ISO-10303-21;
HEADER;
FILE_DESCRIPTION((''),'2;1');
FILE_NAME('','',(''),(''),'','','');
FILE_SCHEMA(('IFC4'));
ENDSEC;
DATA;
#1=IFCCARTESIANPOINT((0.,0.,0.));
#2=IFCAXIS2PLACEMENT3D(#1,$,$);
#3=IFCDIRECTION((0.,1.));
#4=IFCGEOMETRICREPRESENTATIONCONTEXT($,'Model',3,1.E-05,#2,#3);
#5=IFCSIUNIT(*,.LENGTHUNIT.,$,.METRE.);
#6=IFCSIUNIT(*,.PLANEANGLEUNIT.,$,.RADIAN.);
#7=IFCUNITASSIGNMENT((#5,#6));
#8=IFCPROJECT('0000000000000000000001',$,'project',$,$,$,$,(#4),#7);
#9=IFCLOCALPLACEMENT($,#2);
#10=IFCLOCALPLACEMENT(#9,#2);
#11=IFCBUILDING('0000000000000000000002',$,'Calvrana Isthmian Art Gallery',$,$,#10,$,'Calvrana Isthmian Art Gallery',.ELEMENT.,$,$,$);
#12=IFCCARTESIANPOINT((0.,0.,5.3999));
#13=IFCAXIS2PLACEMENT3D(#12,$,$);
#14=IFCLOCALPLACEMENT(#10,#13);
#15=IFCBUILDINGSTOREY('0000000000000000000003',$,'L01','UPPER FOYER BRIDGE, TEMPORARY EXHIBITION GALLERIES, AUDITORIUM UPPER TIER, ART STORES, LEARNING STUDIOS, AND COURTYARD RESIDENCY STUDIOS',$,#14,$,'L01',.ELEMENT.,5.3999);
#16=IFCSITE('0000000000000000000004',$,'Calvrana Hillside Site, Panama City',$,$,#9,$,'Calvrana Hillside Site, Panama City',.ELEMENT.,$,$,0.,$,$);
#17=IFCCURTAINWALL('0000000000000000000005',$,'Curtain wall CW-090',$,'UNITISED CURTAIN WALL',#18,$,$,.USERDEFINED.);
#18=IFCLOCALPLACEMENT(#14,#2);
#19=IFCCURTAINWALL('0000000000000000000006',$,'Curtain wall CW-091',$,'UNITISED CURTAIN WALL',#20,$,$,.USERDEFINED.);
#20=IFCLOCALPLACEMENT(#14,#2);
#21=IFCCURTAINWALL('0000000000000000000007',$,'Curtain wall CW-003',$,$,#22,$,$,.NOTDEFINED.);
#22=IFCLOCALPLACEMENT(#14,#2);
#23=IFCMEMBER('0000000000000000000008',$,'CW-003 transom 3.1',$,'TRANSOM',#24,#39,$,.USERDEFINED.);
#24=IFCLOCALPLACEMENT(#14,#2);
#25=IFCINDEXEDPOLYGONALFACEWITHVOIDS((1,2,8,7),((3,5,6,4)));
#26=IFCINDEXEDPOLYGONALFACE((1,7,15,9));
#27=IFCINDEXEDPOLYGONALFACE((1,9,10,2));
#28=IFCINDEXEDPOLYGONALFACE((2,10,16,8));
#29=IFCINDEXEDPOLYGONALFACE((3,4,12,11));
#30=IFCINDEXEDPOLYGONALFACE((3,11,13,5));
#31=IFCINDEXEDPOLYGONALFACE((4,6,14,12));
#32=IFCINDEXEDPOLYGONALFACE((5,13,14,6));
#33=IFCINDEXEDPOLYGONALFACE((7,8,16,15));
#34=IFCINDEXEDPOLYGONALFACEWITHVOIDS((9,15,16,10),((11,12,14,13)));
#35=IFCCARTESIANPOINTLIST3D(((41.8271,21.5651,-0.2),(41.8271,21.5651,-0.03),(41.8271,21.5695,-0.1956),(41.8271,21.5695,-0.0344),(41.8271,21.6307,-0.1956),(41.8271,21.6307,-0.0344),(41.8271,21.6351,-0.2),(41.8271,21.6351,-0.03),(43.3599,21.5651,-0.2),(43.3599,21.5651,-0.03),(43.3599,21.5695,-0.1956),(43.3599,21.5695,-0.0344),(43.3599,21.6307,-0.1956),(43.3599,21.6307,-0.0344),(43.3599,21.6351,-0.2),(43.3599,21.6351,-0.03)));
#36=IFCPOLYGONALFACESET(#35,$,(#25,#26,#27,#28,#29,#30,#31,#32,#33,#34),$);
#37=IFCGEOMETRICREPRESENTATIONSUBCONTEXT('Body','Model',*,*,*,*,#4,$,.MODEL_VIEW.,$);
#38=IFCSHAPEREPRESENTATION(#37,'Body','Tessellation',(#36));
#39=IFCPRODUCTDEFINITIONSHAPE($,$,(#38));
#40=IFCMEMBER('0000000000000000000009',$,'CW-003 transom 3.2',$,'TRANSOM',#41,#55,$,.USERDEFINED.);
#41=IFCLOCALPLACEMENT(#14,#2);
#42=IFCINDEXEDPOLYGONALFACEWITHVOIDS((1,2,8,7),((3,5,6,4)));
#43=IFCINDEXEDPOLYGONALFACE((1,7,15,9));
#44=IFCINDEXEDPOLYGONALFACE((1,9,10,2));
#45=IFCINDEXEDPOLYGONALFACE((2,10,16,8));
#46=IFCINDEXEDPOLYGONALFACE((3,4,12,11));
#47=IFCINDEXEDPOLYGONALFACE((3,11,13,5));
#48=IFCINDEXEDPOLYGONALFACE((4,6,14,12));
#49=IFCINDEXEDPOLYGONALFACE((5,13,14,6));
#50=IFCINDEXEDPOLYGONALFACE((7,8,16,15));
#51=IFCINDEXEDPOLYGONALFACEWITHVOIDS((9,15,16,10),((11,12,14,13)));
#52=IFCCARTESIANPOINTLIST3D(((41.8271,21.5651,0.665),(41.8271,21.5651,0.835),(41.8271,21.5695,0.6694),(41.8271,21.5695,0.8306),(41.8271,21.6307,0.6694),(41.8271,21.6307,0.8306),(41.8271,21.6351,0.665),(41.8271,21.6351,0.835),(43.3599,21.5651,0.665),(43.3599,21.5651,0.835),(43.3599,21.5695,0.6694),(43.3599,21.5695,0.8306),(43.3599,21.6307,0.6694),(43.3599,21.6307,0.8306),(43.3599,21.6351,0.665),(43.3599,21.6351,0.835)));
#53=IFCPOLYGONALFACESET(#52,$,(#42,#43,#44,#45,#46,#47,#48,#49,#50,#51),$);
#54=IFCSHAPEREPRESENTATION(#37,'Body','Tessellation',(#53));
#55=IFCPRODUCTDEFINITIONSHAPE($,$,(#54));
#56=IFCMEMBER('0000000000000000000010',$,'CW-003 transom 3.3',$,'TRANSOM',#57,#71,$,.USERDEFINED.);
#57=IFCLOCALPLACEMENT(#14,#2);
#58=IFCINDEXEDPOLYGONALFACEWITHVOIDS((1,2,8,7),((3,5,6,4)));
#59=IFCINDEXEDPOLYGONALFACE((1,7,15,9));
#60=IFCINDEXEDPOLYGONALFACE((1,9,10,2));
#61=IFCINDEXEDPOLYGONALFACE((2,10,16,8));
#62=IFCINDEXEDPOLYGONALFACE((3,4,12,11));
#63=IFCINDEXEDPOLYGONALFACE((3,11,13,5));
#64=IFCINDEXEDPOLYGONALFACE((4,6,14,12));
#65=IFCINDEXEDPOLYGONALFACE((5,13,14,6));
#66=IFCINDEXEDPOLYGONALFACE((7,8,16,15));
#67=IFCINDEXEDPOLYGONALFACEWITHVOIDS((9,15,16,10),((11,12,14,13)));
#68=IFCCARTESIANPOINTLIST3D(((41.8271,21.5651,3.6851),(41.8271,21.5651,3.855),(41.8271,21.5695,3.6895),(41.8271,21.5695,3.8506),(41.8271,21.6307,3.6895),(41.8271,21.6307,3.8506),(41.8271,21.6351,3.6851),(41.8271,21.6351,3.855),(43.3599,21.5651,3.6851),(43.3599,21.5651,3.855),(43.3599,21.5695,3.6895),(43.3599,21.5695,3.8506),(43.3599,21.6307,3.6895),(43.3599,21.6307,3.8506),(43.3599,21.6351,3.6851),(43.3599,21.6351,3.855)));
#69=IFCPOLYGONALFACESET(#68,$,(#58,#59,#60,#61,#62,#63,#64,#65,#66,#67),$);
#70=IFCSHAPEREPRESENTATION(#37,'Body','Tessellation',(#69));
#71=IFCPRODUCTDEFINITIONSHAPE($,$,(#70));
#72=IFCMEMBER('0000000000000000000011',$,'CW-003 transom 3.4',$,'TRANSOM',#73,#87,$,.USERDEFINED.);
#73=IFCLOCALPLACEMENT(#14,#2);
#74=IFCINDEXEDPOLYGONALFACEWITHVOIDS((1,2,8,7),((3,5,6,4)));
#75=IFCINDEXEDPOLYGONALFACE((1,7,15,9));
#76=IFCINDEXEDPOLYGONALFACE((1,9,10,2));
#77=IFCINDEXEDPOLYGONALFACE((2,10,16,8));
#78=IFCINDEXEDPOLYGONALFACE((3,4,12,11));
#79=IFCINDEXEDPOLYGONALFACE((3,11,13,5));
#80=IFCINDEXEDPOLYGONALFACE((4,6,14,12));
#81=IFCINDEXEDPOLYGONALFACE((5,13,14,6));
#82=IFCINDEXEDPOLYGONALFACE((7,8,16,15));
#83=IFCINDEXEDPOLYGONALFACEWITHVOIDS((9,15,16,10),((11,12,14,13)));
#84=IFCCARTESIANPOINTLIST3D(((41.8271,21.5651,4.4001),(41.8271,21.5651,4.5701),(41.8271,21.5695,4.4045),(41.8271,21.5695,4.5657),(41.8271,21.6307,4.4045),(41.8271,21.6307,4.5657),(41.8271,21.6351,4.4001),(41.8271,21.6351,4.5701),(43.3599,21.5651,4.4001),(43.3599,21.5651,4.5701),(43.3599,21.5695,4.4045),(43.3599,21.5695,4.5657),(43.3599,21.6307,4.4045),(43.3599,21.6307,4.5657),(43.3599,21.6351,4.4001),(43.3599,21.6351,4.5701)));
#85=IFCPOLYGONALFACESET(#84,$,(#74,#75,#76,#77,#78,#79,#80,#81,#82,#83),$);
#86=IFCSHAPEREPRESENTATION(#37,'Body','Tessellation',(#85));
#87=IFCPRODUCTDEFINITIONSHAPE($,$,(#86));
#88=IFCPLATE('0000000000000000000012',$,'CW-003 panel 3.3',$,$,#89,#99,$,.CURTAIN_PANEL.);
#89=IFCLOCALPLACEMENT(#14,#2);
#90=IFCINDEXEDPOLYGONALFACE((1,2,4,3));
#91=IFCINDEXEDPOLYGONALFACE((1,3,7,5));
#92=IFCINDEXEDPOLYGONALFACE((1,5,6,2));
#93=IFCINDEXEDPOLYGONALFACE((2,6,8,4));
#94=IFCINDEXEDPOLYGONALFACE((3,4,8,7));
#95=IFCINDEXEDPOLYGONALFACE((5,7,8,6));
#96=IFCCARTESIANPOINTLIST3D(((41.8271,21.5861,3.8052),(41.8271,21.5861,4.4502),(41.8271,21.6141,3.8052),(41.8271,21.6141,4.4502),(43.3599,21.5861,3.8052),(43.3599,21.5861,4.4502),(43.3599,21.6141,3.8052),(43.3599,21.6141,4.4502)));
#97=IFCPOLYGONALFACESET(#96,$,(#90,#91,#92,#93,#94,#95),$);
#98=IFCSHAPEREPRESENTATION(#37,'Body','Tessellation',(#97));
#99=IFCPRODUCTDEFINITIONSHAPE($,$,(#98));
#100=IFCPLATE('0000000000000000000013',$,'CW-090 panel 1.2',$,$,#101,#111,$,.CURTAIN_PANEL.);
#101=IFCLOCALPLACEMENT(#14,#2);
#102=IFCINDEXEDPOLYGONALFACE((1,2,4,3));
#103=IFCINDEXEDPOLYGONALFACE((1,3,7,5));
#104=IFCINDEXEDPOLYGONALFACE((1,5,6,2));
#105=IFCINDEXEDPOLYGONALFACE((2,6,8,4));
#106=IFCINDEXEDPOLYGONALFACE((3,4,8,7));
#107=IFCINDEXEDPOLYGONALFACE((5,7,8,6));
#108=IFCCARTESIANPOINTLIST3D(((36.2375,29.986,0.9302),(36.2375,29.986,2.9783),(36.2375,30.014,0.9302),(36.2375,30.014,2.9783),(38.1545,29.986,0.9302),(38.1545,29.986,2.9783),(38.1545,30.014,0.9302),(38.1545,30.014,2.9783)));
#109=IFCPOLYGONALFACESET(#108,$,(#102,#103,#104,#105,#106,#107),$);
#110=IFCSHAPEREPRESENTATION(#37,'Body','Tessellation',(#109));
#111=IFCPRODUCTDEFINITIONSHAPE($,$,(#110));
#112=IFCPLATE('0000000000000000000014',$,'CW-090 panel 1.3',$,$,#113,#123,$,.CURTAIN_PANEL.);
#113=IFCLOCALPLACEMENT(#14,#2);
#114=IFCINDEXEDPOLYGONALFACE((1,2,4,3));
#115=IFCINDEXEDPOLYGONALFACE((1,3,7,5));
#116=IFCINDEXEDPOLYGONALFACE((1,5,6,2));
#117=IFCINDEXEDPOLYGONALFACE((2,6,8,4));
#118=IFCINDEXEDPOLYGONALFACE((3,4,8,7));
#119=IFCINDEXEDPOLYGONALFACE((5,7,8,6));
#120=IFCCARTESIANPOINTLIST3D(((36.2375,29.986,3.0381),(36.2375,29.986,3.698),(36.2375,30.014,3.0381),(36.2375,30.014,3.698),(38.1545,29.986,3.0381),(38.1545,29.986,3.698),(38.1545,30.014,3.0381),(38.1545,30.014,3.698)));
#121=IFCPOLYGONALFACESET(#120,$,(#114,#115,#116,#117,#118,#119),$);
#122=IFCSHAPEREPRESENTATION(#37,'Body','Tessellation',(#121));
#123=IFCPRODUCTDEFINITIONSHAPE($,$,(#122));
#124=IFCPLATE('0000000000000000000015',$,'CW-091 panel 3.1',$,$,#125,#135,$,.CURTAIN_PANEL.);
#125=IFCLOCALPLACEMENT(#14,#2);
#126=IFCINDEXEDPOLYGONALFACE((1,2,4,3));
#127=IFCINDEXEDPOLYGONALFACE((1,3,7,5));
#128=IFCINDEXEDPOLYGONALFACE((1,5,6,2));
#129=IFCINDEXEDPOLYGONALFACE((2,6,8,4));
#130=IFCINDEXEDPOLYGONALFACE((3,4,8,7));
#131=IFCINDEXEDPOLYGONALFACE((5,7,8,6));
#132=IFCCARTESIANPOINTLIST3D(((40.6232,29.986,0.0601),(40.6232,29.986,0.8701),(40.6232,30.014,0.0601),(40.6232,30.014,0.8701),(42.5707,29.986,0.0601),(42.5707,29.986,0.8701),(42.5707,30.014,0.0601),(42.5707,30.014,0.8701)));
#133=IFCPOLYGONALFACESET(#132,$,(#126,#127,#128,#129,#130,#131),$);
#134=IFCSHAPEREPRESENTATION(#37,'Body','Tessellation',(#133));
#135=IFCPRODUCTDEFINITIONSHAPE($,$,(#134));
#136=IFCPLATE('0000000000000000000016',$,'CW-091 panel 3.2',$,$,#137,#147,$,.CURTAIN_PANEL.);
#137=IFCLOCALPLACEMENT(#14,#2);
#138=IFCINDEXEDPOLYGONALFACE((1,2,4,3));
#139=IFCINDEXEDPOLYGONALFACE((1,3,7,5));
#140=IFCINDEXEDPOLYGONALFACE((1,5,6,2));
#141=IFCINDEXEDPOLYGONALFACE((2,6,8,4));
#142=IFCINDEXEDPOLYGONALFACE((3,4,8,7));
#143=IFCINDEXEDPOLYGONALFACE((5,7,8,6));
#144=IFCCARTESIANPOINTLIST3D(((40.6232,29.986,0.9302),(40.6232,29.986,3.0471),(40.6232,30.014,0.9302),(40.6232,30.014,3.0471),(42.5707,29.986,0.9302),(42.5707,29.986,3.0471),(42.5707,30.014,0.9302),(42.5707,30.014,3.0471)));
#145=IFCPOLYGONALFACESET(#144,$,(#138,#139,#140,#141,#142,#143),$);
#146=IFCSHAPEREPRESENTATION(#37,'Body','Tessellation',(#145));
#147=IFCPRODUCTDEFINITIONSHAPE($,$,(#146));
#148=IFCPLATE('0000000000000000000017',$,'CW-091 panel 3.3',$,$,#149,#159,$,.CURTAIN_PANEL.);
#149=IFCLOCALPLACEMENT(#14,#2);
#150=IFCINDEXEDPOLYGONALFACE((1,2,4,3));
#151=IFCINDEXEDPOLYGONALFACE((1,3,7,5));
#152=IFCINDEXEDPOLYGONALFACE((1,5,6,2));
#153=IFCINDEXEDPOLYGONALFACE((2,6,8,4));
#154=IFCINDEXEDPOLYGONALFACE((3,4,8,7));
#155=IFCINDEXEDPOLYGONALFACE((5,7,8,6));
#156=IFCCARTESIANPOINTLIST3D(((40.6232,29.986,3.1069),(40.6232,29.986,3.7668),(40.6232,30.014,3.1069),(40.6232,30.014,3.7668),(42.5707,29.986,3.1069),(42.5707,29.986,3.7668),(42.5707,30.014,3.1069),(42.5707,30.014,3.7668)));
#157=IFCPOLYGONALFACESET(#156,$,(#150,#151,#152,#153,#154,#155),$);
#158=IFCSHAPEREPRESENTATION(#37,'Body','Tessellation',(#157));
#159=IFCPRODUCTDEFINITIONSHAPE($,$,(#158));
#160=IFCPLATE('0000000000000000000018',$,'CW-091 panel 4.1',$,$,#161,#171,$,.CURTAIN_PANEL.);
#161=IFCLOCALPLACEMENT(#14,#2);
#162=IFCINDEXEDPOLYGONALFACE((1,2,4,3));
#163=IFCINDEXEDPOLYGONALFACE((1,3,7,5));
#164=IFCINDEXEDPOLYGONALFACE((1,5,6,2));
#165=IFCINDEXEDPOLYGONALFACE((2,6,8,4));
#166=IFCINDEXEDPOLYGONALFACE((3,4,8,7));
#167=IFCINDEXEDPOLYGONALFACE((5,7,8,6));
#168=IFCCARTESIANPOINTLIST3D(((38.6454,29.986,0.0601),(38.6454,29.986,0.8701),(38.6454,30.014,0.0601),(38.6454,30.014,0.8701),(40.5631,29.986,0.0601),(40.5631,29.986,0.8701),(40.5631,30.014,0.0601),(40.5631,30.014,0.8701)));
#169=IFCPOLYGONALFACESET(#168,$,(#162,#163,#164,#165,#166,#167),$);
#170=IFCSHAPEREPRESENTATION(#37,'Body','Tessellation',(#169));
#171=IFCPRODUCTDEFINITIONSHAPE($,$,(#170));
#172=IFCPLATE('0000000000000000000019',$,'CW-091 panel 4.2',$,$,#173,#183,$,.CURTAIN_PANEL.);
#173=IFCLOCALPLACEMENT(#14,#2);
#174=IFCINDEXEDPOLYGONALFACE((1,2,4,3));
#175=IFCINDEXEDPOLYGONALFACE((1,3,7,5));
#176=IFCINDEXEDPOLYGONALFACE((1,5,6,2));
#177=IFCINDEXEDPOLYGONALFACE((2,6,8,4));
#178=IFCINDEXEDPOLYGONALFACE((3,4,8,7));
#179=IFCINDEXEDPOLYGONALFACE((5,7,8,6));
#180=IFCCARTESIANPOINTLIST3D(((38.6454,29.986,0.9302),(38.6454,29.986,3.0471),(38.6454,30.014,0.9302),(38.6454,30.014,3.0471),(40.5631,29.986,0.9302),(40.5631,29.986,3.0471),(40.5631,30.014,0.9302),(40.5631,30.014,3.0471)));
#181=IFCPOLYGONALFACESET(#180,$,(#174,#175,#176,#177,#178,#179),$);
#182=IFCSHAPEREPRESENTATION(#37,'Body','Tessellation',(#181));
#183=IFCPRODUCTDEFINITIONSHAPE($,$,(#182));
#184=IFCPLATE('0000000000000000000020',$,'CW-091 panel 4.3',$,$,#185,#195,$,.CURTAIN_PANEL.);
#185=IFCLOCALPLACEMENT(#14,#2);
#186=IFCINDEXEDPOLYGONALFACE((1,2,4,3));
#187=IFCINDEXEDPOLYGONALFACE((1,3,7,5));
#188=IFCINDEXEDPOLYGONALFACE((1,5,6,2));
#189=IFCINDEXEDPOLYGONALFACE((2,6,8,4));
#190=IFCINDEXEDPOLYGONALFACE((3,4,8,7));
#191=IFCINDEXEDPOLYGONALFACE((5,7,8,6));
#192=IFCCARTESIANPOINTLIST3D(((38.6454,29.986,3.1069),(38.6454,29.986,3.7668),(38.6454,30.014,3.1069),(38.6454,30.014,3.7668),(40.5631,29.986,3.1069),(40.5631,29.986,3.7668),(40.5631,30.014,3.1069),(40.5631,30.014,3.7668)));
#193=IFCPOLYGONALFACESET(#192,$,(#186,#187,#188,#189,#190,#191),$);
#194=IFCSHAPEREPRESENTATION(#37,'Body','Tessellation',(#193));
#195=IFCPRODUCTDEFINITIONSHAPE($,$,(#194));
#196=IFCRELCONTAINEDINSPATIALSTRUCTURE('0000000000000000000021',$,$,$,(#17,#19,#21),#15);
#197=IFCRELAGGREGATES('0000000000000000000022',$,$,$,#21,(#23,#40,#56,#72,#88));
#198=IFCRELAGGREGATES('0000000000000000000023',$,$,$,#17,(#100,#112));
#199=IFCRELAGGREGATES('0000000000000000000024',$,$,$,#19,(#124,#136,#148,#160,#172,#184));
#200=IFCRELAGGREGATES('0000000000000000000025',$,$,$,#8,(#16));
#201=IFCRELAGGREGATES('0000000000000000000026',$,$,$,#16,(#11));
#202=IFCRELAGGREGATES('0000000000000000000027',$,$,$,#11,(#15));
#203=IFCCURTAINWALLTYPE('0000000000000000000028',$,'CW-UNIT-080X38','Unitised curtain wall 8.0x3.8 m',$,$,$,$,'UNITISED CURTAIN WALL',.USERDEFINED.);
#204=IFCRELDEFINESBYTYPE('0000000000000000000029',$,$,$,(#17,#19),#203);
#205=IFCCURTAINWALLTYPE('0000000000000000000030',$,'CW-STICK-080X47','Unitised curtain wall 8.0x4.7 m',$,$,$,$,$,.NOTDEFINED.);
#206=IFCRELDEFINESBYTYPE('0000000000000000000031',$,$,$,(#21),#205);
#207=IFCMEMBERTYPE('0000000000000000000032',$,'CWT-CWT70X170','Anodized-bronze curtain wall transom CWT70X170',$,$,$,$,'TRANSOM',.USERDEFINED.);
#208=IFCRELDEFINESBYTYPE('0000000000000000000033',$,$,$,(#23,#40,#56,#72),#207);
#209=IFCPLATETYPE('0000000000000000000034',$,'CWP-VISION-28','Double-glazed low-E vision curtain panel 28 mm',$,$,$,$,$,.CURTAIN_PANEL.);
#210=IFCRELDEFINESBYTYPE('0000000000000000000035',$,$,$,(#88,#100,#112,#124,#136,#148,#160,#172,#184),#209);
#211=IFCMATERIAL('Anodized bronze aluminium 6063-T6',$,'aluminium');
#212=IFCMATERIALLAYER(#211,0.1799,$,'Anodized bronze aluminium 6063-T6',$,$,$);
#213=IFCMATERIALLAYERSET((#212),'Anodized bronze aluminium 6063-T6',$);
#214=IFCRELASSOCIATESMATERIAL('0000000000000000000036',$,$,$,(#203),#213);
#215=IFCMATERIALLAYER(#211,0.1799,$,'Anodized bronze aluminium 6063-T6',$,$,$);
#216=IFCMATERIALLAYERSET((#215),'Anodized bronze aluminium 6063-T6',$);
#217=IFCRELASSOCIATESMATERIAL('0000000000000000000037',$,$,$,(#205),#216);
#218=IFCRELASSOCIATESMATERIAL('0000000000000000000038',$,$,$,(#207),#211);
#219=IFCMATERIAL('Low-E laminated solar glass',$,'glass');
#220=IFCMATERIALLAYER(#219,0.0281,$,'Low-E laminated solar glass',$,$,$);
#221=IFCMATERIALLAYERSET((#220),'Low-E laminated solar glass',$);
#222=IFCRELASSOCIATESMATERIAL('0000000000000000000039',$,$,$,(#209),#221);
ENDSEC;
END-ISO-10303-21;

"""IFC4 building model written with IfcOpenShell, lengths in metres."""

from ifc_helpers import new_model, si_unit, direction, frame, origin, origin_2d, place, context, subcontext, project, spatial, rectangle, hollow_rectangle, extrude, material, layer, layer_set, material_profile, profile_set, type_object, element, aggregate, save


model = new_model("IFC4")

# Units and contexts
model_context = context("Model", 3, precision=1e-05, world=origin(), true_north=direction((0.0, 1.0)))
body_context = subcontext(model_context, "Body", "Model", "MODEL_VIEW")
ifc_project = project(units=[si_unit("LENGTHUNIT", "METRE"), si_unit("PLANEANGLEUNIT", "RADIAN")], contexts=[model_context])

# Site, building, storey
site_placement = place(None, origin())
site = spatial("IfcSite", under=ifc_project, at=site_placement, Name="Calvrana Hillside Site, Panama City", LongName="Calvrana Hillside Site, Panama City", CompositionType="ELEMENT", RefElevation=0.0)
building_placement = place(site_placement, origin())
building = spatial("IfcBuilding", under=site, at=building_placement, Name="Calvrana Isthmian Art Gallery", LongName="Calvrana Isthmian Art Gallery", CompositionType="ELEMENT")
storey_placement = place(building_placement, frame((0.0, 0.0, 5.3999)))
storey = spatial("IfcBuildingStorey", under=building, at=storey_placement, Name="L01", Description="UPPER FOYER BRIDGE, TEMPORARY EXHIBITION GALLERIES, AUDITORIUM UPPER TIER, ART STORES, LEARNING STUDIOS, AND COURTYARD RESIDENCY STUDIOS", LongName="L01", CompositionType="ELEMENT", Elevation=5.3999)

# Curtain wall
ifc_material_1 = material(Name="Anodized bronze aluminium 6063-T6", Category="aluminium")
ifc_layer_1 = layer(ifc_material_1, 0.1799, Name="Anodized bronze aluminium 6063-T6")
ifc_layer_set_1 = layer_set([ifc_layer_1], Name="Anodized bronze aluminium 6063-T6")
curtain_wall_type_1 = type_object("IfcCurtainWallType", Name="CW-UNIT-080X38", Description="Unitised curtain wall 8.0x3.8 m", ElementType="UNITISED CURTAIN WALL", PredefinedType="USERDEFINED", material=ifc_layer_set_1)
curtain_wall_1_placement = place(storey_placement, origin())
curtain_wall_1 = element("IfcCurtainWall", 1, at=curtain_wall_1_placement, inside=storey, type_object=curtain_wall_type_1, Name="Curtain wall CW-090", ObjectType="UNITISED CURTAIN WALL", PredefinedType="USERDEFINED")

# Curtain wall
curtain_wall_2_placement = place(storey_placement, origin())
curtain_wall_2 = element("IfcCurtainWall", 2, at=curtain_wall_2_placement, inside=storey, type_object=curtain_wall_type_1, Name="Curtain wall CW-091", ObjectType="UNITISED CURTAIN WALL", PredefinedType="USERDEFINED")

# Curtain wall, members, plate
ifc_layer_2 = layer(ifc_material_1, 0.1799, Name="Anodized bronze aluminium 6063-T6")
ifc_layer_set_2 = layer_set([ifc_layer_2], Name="Anodized bronze aluminium 6063-T6")
curtain_wall_type_2 = type_object("IfcCurtainWallType", Name="CW-STICK-080X47", Description="Unitised curtain wall 8.0x4.7 m", PredefinedType="NOTDEFINED", material=ifc_layer_set_2)
curtain_wall_3_placement = place(storey_placement, origin())
curtain_wall_3 = element("IfcCurtainWall", 3, at=curtain_wall_3_placement, inside=storey, type_object=curtain_wall_type_2, Name="Curtain wall CW-003", PredefinedType="NOTDEFINED")
ifc_material_profile_1 = material_profile(ifc_material_1, hollow_rectangle(XDim=0.0701, YDim=0.1699, WallThickness=0.0044, at=origin_2d()), Name="CWT70X170")
ifc_profile_set_1 = profile_set([ifc_material_profile_1], Name="Anodized bronze aluminium 6063-T6")
member_type_1 = type_object("IfcMemberType", Name="CWT-CWT70X170", Description="Anodized-bronze curtain wall transom CWT70X170", ElementType="TRANSOM", PredefinedType="USERDEFINED", material=ifc_profile_set_1)
member_1_placement = place(storey_placement, frame((43.3599, 21.6001, -0.115), z_axis=(-1.0, 0.0, 0.0), x_axis=(0.0, -1.0, 0.0)))
member_1 = element("IfcMember", 4, at=member_1_placement, type_object=member_type_1, Name="CW-003 transom 3.1", ObjectType="TRANSOM", PredefinedType="USERDEFINED", context=body_context, shape_type="SweptSolid", body=[
    extrude(hollow_rectangle(XDim=0.0701, YDim=0.1699, WallThickness=0.0044, at=origin_2d()), origin(), (0.0, 0.0, 1.0), 1.5327),
])
member_2_placement = place(storey_placement, frame((43.3599, 21.6001, 0.75), z_axis=(-1.0, 0.0, 0.0), x_axis=(0.0, -1.0, 0.0)))
member_2 = element("IfcMember", 5, at=member_2_placement, type_object=member_type_1, Name="CW-003 transom 3.2", ObjectType="TRANSOM", PredefinedType="USERDEFINED", context=body_context, shape_type="SweptSolid", body=[
    extrude(hollow_rectangle(XDim=0.0701, YDim=0.1699, WallThickness=0.0044, at=origin_2d()), origin(), (0.0, 0.0, 1.0), 1.5327),
])
member_3_placement = place(storey_placement, frame((43.3599, 21.6001, 3.77), z_axis=(-1.0, 0.0, 0.0), x_axis=(0.0, -1.0, 0.0)))
member_3 = element("IfcMember", 6, at=member_3_placement, type_object=member_type_1, Name="CW-003 transom 3.3", ObjectType="TRANSOM", PredefinedType="USERDEFINED", context=body_context, shape_type="SweptSolid", body=[
    extrude(hollow_rectangle(XDim=0.0701, YDim=0.1699, WallThickness=0.0044, at=origin_2d()), origin(), (0.0, 0.0, 1.0), 1.5327),
])
member_4_placement = place(storey_placement, frame((43.3599, 21.6001, 4.4851), z_axis=(-1.0, 0.0, 0.0), x_axis=(0.0, -1.0, 0.0)))
member_4 = element("IfcMember", 7, at=member_4_placement, type_object=member_type_1, Name="CW-003 transom 3.4", ObjectType="TRANSOM", PredefinedType="USERDEFINED", context=body_context, shape_type="SweptSolid", body=[
    extrude(hollow_rectangle(XDim=0.0701, YDim=0.1699, WallThickness=0.0044, at=origin_2d()), origin(), (0.0, 0.0, 1.0), 1.5327),
])
ifc_material_2 = material(Name="Low-E laminated solar glass", Category="glass")
ifc_layer_3 = layer(ifc_material_2, 0.0281, Name="Low-E laminated solar glass")
ifc_layer_set_3 = layer_set([ifc_layer_3], Name="Low-E laminated solar glass")
plate_type = type_object("IfcPlateType", Name="CWP-VISION-28", Description="Double-glazed low-E vision curtain panel 28 mm", PredefinedType="CURTAIN_PANEL", material=ifc_layer_set_3)
plate_1_placement = place(storey_placement, frame((42.5935, 21.6001, 3.8052), z_axis=(0.0, 0.0, 1.0), x_axis=(-1.0, 0.0, 0.0)))
plate_1 = element("IfcPlate", 8, at=plate_1_placement, type_object=plate_type, Name="CW-003 panel 3.3", PredefinedType="CURTAIN_PANEL", context=body_context, shape_type="SweptSolid", body=[
    extrude(rectangle(XDim=1.5327, YDim=0.0281, at=origin_2d()), origin(), (0.0, 0.0, 1.0), 0.645),
])
aggregate(curtain_wall_3, [member_1, member_2, member_3, member_4, plate_1])

# Plates
plate_2_placement = place(storey_placement, frame((37.196, 30.0, 0.9302), z_axis=(0.0, 0.0, 1.0), x_axis=(-1.0, 0.0, 0.0)))
plate_2 = element("IfcPlate", 9, at=plate_2_placement, type_object=plate_type, Name="CW-090 panel 1.2", PredefinedType="CURTAIN_PANEL", context=body_context, shape_type="SweptSolid", body=[
    extrude(rectangle(XDim=1.917, YDim=0.0281, at=origin_2d()), origin(), (0.0, 0.0, 1.0), 2.0481),
])
plate_3_placement = place(storey_placement, frame((37.196, 30.0, 3.0381), z_axis=(0.0, 0.0, 1.0), x_axis=(-1.0, 0.0, 0.0)))
plate_3 = element("IfcPlate", 10, at=plate_3_placement, type_object=plate_type, Name="CW-090 panel 1.3", PredefinedType="CURTAIN_PANEL", context=body_context, shape_type="SweptSolid", body=[
    extrude(rectangle(XDim=1.917, YDim=0.0281, at=origin_2d()), origin(), (0.0, 0.0, 1.0), 0.6599),
])
aggregate(curtain_wall_1, [plate_2, plate_3])
plate_4_placement = place(storey_placement, frame((41.5969, 30.0, 0.0601), z_axis=(0.0, 0.0, 1.0), x_axis=(-1.0, 0.0, 0.0)))
plate_4 = element("IfcPlate", 11, at=plate_4_placement, type_object=plate_type, Name="CW-091 panel 3.1", PredefinedType="CURTAIN_PANEL", context=body_context, shape_type="SweptSolid", body=[
    extrude(rectangle(XDim=1.9475, YDim=0.0281, at=origin_2d()), origin(), (0.0, 0.0, 1.0), 0.8101),
])
plate_5_placement = place(storey_placement, frame((41.5969, 30.0, 0.9302), z_axis=(0.0, 0.0, 1.0), x_axis=(-1.0, 0.0, 0.0)))
plate_5 = element("IfcPlate", 12, at=plate_5_placement, type_object=plate_type, Name="CW-091 panel 3.2", PredefinedType="CURTAIN_PANEL", context=body_context, shape_type="SweptSolid", body=[
    extrude(rectangle(XDim=1.9475, YDim=0.0281, at=origin_2d()), origin(), (0.0, 0.0, 1.0), 2.1169),
])
plate_6_placement = place(storey_placement, frame((41.5969, 30.0, 3.1069), z_axis=(0.0, 0.0, 1.0), x_axis=(-1.0, 0.0, 0.0)))
plate_6 = element("IfcPlate", 13, at=plate_6_placement, type_object=plate_type, Name="CW-091 panel 3.3", PredefinedType="CURTAIN_PANEL", context=body_context, shape_type="SweptSolid", body=[
    extrude(rectangle(XDim=1.9475, YDim=0.0281, at=origin_2d()), origin(), (0.0, 0.0, 1.0), 0.6599),
])
plate_7_placement = place(storey_placement, frame((39.6042, 30.0, 0.0601), z_axis=(0.0, 0.0, 1.0), x_axis=(-1.0, 0.0, 0.0)))
plate_7 = element("IfcPlate", 14, at=plate_7_placement, type_object=plate_type, Name="CW-091 panel 4.1", PredefinedType="CURTAIN_PANEL", context=body_context, shape_type="SweptSolid", body=[
    extrude(rectangle(XDim=1.9177, YDim=0.0281, at=origin_2d()), origin(), (0.0, 0.0, 1.0), 0.8101),
])
plate_8_placement = place(storey_placement, frame((39.6042, 30.0, 0.9302), z_axis=(0.0, 0.0, 1.0), x_axis=(-1.0, 0.0, 0.0)))
plate_8 = element("IfcPlate", 15, at=plate_8_placement, type_object=plate_type, Name="CW-091 panel 4.2", PredefinedType="CURTAIN_PANEL", context=body_context, shape_type="SweptSolid", body=[
    extrude(rectangle(XDim=1.9177, YDim=0.0281, at=origin_2d()), origin(), (0.0, 0.0, 1.0), 2.1169),
])
plate_9_placement = place(storey_placement, frame((39.6042, 30.0, 3.1069), z_axis=(0.0, 0.0, 1.0), x_axis=(-1.0, 0.0, 0.0)))
plate_9 = element("IfcPlate", 16, at=plate_9_placement, type_object=plate_type, Name="CW-091 panel 4.3", PredefinedType="CURTAIN_PANEL", context=body_context, shape_type="SweptSolid", body=[
    extrude(rectangle(XDim=1.9177, YDim=0.0281, at=origin_2d()), origin(), (0.0, 0.0, 1.0), 0.6599),
])
aggregate(curtain_wall_2, [plate_4, plate_5, plate_6, plate_7, plate_8, plate_9])

save(model, "model.ifc")
